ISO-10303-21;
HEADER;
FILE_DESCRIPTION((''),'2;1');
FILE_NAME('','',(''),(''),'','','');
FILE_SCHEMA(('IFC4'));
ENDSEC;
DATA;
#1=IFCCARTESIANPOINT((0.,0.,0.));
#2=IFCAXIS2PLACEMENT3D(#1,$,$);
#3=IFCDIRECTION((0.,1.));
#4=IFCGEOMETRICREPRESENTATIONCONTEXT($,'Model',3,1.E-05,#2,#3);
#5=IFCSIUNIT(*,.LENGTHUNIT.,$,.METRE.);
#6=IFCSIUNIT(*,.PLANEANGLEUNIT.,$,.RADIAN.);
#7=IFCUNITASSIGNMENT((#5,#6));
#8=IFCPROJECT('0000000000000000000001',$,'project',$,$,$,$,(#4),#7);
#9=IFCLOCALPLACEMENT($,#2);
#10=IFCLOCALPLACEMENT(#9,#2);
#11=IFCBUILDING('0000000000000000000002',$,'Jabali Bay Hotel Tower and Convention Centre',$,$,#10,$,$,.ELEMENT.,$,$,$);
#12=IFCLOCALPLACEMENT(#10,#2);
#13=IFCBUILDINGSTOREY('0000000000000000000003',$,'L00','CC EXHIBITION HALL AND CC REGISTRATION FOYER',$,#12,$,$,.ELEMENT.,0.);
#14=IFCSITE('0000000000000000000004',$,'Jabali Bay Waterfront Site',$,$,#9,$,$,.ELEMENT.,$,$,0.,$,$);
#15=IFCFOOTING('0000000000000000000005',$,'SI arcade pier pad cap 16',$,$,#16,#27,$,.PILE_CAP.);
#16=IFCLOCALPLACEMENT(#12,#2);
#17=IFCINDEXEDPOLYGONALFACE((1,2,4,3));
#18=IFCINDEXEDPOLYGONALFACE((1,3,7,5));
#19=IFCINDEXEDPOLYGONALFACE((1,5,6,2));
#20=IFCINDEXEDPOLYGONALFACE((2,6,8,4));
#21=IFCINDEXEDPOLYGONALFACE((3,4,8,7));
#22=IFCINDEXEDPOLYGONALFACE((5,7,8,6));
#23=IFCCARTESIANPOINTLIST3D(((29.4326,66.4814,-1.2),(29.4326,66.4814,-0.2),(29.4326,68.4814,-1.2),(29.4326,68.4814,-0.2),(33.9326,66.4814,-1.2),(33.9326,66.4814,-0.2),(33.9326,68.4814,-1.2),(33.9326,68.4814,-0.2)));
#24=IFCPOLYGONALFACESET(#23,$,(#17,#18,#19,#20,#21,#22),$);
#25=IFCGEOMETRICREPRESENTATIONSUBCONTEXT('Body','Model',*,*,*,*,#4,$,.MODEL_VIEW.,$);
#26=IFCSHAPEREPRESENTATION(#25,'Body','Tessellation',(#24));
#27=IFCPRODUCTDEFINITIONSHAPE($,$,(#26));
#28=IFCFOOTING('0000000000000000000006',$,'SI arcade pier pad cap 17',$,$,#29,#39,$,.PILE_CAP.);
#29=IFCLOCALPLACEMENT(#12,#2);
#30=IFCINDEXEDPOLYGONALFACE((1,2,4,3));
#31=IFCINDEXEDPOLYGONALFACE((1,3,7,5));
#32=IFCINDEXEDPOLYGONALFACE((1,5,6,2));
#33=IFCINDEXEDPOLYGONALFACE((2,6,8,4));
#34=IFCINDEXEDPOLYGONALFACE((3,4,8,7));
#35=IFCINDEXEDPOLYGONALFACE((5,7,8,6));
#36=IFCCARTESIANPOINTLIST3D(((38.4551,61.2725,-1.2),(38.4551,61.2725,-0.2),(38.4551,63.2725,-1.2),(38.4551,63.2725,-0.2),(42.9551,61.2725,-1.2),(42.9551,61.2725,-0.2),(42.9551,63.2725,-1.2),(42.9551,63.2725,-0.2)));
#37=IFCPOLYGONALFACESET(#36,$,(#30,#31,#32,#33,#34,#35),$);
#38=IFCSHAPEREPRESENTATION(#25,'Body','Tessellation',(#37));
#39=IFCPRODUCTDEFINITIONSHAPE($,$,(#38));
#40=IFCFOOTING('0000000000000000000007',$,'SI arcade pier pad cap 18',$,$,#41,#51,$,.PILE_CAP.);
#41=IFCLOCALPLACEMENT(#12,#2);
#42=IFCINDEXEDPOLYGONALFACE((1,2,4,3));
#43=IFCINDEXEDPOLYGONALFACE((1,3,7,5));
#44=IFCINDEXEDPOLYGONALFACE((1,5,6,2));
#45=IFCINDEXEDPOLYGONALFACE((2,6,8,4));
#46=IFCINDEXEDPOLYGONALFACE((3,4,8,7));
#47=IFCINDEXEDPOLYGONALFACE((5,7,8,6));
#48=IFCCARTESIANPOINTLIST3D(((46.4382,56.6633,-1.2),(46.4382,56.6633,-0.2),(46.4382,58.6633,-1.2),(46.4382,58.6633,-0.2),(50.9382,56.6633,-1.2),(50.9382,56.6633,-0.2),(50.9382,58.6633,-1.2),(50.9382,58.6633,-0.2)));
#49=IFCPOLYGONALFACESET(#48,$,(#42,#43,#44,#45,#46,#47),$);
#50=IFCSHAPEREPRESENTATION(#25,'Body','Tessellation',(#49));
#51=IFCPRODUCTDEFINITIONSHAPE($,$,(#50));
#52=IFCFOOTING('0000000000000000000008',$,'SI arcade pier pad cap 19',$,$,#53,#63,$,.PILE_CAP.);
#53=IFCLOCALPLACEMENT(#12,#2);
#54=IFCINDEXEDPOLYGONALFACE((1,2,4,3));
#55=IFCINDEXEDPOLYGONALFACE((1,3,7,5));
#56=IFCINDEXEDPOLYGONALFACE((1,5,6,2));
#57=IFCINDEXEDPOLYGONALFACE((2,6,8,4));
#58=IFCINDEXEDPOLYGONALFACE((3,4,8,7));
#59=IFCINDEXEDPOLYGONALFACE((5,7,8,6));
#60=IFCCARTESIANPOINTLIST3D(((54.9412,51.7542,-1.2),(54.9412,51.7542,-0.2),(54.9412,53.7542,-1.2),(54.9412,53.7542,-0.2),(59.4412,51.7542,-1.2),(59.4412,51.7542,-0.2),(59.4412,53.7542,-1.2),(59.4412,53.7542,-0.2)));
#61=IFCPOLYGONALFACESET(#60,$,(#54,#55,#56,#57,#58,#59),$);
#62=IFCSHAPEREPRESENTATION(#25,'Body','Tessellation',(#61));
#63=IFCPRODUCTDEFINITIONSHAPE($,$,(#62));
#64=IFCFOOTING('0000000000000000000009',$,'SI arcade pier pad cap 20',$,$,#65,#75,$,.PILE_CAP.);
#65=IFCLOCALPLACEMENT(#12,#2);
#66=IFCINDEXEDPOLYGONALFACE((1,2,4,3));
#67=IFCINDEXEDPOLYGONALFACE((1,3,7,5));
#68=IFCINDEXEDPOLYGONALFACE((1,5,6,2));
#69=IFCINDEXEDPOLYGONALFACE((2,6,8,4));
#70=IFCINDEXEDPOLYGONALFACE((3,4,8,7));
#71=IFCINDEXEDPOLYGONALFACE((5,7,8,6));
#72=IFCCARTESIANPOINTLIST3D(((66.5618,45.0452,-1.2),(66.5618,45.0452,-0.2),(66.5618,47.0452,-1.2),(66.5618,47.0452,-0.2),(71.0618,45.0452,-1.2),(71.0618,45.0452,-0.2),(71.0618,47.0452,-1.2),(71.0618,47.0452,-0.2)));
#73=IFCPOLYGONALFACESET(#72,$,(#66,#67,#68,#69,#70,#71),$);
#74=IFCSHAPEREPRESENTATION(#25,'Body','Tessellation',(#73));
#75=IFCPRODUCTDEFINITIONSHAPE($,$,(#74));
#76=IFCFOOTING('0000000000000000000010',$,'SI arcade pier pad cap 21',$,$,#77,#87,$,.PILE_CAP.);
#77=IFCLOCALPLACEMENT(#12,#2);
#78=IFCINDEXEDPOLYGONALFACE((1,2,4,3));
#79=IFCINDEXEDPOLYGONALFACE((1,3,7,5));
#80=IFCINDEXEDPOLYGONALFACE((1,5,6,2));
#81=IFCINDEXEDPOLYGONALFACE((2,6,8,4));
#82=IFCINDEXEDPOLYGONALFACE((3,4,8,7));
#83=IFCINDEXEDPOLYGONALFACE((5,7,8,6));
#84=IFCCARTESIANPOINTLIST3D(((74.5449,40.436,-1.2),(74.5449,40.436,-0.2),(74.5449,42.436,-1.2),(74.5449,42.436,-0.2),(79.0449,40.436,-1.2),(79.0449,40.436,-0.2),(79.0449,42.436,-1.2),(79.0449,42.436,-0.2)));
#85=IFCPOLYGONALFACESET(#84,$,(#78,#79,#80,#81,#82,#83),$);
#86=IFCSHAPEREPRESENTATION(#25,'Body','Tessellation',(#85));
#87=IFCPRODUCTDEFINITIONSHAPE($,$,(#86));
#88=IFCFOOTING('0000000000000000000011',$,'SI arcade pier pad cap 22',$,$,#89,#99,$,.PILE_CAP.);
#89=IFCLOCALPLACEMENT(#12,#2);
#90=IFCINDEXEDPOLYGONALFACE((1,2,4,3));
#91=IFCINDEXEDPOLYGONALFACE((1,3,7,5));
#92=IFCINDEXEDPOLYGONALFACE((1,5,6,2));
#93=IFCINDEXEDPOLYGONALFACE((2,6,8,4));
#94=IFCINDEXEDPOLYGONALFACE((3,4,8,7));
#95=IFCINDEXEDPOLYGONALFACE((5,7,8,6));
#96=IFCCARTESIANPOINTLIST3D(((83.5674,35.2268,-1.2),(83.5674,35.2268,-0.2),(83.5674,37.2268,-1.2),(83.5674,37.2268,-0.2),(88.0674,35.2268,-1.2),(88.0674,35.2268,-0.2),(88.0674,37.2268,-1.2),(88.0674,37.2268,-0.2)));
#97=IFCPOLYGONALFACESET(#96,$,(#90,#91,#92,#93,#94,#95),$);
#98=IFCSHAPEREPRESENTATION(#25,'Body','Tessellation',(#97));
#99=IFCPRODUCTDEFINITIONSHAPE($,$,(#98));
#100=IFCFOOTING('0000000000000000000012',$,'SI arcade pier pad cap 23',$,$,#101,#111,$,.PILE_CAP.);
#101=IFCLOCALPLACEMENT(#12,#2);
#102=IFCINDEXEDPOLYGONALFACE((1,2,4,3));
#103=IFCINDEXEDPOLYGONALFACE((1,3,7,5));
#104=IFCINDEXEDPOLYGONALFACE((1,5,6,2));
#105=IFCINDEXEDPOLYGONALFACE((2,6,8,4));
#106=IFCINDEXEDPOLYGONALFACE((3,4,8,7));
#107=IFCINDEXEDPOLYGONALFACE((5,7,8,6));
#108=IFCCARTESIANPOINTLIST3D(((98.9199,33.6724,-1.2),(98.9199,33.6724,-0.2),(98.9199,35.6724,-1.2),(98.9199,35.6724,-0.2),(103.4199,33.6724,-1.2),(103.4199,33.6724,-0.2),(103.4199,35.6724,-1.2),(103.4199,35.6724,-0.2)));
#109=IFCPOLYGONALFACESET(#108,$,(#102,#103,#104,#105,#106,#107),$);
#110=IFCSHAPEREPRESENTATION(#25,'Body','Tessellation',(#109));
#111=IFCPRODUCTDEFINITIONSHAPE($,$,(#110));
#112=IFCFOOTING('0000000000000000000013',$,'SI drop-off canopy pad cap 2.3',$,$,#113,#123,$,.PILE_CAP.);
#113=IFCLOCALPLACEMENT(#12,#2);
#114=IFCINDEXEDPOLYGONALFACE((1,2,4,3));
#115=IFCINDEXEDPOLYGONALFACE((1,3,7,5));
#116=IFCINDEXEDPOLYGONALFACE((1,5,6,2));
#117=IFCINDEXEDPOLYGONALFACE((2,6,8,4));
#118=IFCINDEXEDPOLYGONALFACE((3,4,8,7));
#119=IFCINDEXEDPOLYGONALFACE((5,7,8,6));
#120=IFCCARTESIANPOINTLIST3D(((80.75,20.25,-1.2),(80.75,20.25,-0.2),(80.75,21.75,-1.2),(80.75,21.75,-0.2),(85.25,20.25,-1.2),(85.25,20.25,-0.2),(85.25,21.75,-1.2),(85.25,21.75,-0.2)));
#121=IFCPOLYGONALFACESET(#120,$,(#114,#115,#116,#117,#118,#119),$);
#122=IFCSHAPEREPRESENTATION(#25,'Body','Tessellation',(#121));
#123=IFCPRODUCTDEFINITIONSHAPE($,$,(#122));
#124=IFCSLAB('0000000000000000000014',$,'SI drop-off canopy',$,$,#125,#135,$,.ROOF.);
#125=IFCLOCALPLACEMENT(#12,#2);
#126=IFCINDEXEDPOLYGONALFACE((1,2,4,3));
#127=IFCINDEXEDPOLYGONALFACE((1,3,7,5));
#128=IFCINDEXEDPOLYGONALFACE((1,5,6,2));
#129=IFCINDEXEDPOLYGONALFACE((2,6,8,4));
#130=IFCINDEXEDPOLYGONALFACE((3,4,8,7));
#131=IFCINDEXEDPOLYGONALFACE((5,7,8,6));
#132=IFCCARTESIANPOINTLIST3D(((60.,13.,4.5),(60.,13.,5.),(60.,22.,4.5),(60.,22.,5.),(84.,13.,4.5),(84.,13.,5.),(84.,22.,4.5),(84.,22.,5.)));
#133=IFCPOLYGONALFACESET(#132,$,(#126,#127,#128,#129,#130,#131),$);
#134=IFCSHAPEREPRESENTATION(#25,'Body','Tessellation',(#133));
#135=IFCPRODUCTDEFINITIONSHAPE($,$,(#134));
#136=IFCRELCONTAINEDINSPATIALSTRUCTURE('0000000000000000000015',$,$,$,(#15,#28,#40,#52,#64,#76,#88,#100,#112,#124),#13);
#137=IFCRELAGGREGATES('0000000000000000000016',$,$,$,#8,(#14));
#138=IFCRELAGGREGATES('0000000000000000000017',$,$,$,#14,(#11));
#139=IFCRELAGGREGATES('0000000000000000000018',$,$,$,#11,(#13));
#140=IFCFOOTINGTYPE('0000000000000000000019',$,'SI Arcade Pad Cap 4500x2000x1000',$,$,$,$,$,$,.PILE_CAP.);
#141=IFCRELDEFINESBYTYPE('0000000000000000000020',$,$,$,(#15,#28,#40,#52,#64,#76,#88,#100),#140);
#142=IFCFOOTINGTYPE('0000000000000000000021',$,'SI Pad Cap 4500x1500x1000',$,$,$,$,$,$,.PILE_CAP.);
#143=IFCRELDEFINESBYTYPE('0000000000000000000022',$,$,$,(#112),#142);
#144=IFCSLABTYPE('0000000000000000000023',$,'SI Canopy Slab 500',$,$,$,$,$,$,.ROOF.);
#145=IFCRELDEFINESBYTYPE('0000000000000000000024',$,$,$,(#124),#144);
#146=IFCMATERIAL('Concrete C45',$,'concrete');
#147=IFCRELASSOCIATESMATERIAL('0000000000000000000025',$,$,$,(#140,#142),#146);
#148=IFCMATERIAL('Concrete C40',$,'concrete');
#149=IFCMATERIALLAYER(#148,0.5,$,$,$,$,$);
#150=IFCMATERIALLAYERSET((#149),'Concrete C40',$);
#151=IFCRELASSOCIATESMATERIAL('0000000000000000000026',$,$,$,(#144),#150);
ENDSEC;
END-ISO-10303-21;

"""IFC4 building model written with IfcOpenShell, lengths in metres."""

from ifc_helpers import new_model, si_unit, direction, frame, origin, place, context, subcontext, project, spatial, polyline, outline, extrude, material, layer, layer_set, type_object, element, save


model = new_model("IFC4")

# Units and contexts
model_context = context("Model", 3, precision=1e-05, world=origin(), true_north=direction((0.0, 1.0)))
body_context = subcontext(model_context, "Body", "Model", "MODEL_VIEW")
ifc_project = project(units=[si_unit("LENGTHUNIT", "METRE"), si_unit("PLANEANGLEUNIT", "RADIAN")], contexts=[model_context])

# Site, building, storey
site_placement = place(None, origin())
site = spatial("IfcSite", under=ifc_project, at=site_placement, Name="Jabali Bay Waterfront Site", CompositionType="ELEMENT", RefElevation=0.0)
building_placement = place(site_placement, origin())
building = spatial("IfcBuilding", under=site, at=building_placement, Name="Jabali Bay Hotel Tower and Convention Centre", CompositionType="ELEMENT")
storey_placement = place(building_placement, origin())
storey = spatial("IfcBuildingStorey", under=building, at=storey_placement, Name="L00", Description="CC EXHIBITION HALL AND CC REGISTRATION FOYER", CompositionType="ELEMENT", Elevation=0.0)

# Footings
ifc_material_1 = material(Name="Concrete C45", Category="concrete")
footing_type_1 = type_object("IfcFootingType", Name="SI Arcade Pad Cap 4500x2000x1000", PredefinedType="PILE_CAP", material=ifc_material_1)
footing_1_placement = place(storey_placement, frame((0.0, 0.0, -1.2)))
element("IfcFooting", 1, at=footing_1_placement, inside=storey, type_object=footing_type_1, Name="SI arcade pier pad cap 16", PredefinedType="PILE_CAP", context=body_context, shape_type="SweptSolid", body=[
    extrude(outline(polyline([(29.4326, 66.4814), (33.9326, 66.4814), (33.9326, 68.4814), (29.4326, 68.4814), (29.4326, 66.4814)])), origin(), (0.0, 0.0, 1.0), 1.0),
])
footing_2_placement = place(storey_placement, frame((0.0, 0.0, -1.2)))
element("IfcFooting", 2, at=footing_2_placement, inside=storey, type_object=footing_type_1, Name="SI arcade pier pad cap 17", PredefinedType="PILE_CAP", context=body_context, shape_type="SweptSolid", body=[
    extrude(outline(polyline([(38.4551, 61.2725), (42.9551, 61.2725), (42.9551, 63.2725), (38.4551, 63.2725), (38.4551, 61.2725)])), origin(), (0.0, 0.0, 1.0), 1.0),
])
footing_3_placement = place(storey_placement, frame((0.0, 0.0, -1.2)))
element("IfcFooting", 3, at=footing_3_placement, inside=storey, type_object=footing_type_1, Name="SI arcade pier pad cap 18", PredefinedType="PILE_CAP", context=body_context, shape_type="SweptSolid", body=[
    extrude(outline(polyline([(46.4382, 56.6633), (50.9382, 56.6633), (50.9382, 58.6633), (46.4382, 58.6633), (46.4382, 56.6633)])), origin(), (0.0, 0.0, 1.0), 1.0),
])
footing_4_placement = place(storey_placement, frame((0.0, 0.0, -1.2)))
element("IfcFooting", 4, at=footing_4_placement, inside=storey, type_object=footing_type_1, Name="SI arcade pier pad cap 19", PredefinedType="PILE_CAP", context=body_context, shape_type="SweptSolid", body=[
    extrude(outline(polyline([(54.9412, 51.7542), (59.4412, 51.7542), (59.4412, 53.7542), (54.9412, 53.7542), (54.9412, 51.7542)])), origin(), (0.0, 0.0, 1.0), 1.0),
])
footing_5_placement = place(storey_placement, frame((0.0, 0.0, -1.2)))
element("IfcFooting", 5, at=footing_5_placement, inside=storey, type_object=footing_type_1, Name="SI arcade pier pad cap 20", PredefinedType="PILE_CAP", context=body_context, shape_type="SweptSolid", body=[
    extrude(outline(polyline([(66.5618, 45.0452), (71.0618, 45.0452), (71.0618, 47.0452), (66.5618, 47.0452), (66.5618, 45.0452)])), origin(), (0.0, 0.0, 1.0), 1.0),
])
footing_6_placement = place(storey_placement, frame((0.0, 0.0, -1.2)))
element("IfcFooting", 6, at=footing_6_placement, inside=storey, type_object=footing_type_1, Name="SI arcade pier pad cap 21", PredefinedType="PILE_CAP", context=body_context, shape_type="SweptSolid", body=[
    extrude(outline(polyline([(74.5449, 40.436), (79.0449, 40.436), (79.0449, 42.436), (74.5449, 42.436), (74.5449, 40.436)])), origin(), (0.0, 0.0, 1.0), 1.0),
])
footing_7_placement = place(storey_placement, frame((0.0, 0.0, -1.2)))
element("IfcFooting", 7, at=footing_7_placement, inside=storey, type_object=footing_type_1, Name="SI arcade pier pad cap 22", PredefinedType="PILE_CAP", context=body_context, shape_type="SweptSolid", body=[
    extrude(outline(polyline([(83.5674, 35.2268), (88.0674, 35.2268), (88.0674, 37.2268), (83.5674, 37.2268), (83.5674, 35.2268)])), origin(), (0.0, 0.0, 1.0), 1.0),
])
footing_8_placement = place(storey_placement, frame((0.0, 0.0, -1.2)))
element("IfcFooting", 8, at=footing_8_placement, inside=storey, type_object=footing_type_1, Name="SI arcade pier pad cap 23", PredefinedType="PILE_CAP", context=body_context, shape_type="SweptSolid", body=[
    extrude(outline(polyline([(98.9199, 33.6724), (103.4199, 33.6724), (103.4199, 35.6724), (98.9199, 35.6724), (98.9199, 33.6724)])), origin(), (0.0, 0.0, 1.0), 1.0),
])
footing_type_2 = type_object("IfcFootingType", Name="SI Pad Cap 4500x1500x1000", PredefinedType="PILE_CAP", material=ifc_material_1)
footing_9_placement = place(storey_placement, frame((0.0, 0.0, -1.2)))
element("IfcFooting", 9, at=footing_9_placement, inside=storey, type_object=footing_type_2, Name="SI drop-off canopy pad cap 2.3", PredefinedType="PILE_CAP", context=body_context, shape_type="SweptSolid", body=[
    extrude(outline(polyline([(80.75, 20.25), (85.25, 20.25), (85.25, 21.75), (80.75, 21.75), (80.75, 20.25)])), origin(), (0.0, 0.0, 1.0), 1.0),
])

# Slab
ifc_material_2 = material(Name="Concrete C40", Category="concrete")
ifc_layer = layer(ifc_material_2, 0.5)
ifc_layer_set = layer_set([ifc_layer], Name="Concrete C40")
slab_type = type_object("IfcSlabType", Name="SI Canopy Slab 500", PredefinedType="ROOF", material=ifc_layer_set)
slab_placement = place(storey_placement, frame((0.0, 0.0, 4.5)))
element("IfcSlab", 10, at=slab_placement, inside=storey, type_object=slab_type, Name="SI drop-off canopy", PredefinedType="ROOF", context=body_context, shape_type="SweptSolid", body=[
    extrude(outline(polyline([(84.0, 13.0), (84.0, 22.0), (60.0, 22.0), (60.0, 13.0), (84.0, 13.0)])), origin(), (0.0, 0.0, 1.0), 0.5),
])

save(model, "model.ifc")
